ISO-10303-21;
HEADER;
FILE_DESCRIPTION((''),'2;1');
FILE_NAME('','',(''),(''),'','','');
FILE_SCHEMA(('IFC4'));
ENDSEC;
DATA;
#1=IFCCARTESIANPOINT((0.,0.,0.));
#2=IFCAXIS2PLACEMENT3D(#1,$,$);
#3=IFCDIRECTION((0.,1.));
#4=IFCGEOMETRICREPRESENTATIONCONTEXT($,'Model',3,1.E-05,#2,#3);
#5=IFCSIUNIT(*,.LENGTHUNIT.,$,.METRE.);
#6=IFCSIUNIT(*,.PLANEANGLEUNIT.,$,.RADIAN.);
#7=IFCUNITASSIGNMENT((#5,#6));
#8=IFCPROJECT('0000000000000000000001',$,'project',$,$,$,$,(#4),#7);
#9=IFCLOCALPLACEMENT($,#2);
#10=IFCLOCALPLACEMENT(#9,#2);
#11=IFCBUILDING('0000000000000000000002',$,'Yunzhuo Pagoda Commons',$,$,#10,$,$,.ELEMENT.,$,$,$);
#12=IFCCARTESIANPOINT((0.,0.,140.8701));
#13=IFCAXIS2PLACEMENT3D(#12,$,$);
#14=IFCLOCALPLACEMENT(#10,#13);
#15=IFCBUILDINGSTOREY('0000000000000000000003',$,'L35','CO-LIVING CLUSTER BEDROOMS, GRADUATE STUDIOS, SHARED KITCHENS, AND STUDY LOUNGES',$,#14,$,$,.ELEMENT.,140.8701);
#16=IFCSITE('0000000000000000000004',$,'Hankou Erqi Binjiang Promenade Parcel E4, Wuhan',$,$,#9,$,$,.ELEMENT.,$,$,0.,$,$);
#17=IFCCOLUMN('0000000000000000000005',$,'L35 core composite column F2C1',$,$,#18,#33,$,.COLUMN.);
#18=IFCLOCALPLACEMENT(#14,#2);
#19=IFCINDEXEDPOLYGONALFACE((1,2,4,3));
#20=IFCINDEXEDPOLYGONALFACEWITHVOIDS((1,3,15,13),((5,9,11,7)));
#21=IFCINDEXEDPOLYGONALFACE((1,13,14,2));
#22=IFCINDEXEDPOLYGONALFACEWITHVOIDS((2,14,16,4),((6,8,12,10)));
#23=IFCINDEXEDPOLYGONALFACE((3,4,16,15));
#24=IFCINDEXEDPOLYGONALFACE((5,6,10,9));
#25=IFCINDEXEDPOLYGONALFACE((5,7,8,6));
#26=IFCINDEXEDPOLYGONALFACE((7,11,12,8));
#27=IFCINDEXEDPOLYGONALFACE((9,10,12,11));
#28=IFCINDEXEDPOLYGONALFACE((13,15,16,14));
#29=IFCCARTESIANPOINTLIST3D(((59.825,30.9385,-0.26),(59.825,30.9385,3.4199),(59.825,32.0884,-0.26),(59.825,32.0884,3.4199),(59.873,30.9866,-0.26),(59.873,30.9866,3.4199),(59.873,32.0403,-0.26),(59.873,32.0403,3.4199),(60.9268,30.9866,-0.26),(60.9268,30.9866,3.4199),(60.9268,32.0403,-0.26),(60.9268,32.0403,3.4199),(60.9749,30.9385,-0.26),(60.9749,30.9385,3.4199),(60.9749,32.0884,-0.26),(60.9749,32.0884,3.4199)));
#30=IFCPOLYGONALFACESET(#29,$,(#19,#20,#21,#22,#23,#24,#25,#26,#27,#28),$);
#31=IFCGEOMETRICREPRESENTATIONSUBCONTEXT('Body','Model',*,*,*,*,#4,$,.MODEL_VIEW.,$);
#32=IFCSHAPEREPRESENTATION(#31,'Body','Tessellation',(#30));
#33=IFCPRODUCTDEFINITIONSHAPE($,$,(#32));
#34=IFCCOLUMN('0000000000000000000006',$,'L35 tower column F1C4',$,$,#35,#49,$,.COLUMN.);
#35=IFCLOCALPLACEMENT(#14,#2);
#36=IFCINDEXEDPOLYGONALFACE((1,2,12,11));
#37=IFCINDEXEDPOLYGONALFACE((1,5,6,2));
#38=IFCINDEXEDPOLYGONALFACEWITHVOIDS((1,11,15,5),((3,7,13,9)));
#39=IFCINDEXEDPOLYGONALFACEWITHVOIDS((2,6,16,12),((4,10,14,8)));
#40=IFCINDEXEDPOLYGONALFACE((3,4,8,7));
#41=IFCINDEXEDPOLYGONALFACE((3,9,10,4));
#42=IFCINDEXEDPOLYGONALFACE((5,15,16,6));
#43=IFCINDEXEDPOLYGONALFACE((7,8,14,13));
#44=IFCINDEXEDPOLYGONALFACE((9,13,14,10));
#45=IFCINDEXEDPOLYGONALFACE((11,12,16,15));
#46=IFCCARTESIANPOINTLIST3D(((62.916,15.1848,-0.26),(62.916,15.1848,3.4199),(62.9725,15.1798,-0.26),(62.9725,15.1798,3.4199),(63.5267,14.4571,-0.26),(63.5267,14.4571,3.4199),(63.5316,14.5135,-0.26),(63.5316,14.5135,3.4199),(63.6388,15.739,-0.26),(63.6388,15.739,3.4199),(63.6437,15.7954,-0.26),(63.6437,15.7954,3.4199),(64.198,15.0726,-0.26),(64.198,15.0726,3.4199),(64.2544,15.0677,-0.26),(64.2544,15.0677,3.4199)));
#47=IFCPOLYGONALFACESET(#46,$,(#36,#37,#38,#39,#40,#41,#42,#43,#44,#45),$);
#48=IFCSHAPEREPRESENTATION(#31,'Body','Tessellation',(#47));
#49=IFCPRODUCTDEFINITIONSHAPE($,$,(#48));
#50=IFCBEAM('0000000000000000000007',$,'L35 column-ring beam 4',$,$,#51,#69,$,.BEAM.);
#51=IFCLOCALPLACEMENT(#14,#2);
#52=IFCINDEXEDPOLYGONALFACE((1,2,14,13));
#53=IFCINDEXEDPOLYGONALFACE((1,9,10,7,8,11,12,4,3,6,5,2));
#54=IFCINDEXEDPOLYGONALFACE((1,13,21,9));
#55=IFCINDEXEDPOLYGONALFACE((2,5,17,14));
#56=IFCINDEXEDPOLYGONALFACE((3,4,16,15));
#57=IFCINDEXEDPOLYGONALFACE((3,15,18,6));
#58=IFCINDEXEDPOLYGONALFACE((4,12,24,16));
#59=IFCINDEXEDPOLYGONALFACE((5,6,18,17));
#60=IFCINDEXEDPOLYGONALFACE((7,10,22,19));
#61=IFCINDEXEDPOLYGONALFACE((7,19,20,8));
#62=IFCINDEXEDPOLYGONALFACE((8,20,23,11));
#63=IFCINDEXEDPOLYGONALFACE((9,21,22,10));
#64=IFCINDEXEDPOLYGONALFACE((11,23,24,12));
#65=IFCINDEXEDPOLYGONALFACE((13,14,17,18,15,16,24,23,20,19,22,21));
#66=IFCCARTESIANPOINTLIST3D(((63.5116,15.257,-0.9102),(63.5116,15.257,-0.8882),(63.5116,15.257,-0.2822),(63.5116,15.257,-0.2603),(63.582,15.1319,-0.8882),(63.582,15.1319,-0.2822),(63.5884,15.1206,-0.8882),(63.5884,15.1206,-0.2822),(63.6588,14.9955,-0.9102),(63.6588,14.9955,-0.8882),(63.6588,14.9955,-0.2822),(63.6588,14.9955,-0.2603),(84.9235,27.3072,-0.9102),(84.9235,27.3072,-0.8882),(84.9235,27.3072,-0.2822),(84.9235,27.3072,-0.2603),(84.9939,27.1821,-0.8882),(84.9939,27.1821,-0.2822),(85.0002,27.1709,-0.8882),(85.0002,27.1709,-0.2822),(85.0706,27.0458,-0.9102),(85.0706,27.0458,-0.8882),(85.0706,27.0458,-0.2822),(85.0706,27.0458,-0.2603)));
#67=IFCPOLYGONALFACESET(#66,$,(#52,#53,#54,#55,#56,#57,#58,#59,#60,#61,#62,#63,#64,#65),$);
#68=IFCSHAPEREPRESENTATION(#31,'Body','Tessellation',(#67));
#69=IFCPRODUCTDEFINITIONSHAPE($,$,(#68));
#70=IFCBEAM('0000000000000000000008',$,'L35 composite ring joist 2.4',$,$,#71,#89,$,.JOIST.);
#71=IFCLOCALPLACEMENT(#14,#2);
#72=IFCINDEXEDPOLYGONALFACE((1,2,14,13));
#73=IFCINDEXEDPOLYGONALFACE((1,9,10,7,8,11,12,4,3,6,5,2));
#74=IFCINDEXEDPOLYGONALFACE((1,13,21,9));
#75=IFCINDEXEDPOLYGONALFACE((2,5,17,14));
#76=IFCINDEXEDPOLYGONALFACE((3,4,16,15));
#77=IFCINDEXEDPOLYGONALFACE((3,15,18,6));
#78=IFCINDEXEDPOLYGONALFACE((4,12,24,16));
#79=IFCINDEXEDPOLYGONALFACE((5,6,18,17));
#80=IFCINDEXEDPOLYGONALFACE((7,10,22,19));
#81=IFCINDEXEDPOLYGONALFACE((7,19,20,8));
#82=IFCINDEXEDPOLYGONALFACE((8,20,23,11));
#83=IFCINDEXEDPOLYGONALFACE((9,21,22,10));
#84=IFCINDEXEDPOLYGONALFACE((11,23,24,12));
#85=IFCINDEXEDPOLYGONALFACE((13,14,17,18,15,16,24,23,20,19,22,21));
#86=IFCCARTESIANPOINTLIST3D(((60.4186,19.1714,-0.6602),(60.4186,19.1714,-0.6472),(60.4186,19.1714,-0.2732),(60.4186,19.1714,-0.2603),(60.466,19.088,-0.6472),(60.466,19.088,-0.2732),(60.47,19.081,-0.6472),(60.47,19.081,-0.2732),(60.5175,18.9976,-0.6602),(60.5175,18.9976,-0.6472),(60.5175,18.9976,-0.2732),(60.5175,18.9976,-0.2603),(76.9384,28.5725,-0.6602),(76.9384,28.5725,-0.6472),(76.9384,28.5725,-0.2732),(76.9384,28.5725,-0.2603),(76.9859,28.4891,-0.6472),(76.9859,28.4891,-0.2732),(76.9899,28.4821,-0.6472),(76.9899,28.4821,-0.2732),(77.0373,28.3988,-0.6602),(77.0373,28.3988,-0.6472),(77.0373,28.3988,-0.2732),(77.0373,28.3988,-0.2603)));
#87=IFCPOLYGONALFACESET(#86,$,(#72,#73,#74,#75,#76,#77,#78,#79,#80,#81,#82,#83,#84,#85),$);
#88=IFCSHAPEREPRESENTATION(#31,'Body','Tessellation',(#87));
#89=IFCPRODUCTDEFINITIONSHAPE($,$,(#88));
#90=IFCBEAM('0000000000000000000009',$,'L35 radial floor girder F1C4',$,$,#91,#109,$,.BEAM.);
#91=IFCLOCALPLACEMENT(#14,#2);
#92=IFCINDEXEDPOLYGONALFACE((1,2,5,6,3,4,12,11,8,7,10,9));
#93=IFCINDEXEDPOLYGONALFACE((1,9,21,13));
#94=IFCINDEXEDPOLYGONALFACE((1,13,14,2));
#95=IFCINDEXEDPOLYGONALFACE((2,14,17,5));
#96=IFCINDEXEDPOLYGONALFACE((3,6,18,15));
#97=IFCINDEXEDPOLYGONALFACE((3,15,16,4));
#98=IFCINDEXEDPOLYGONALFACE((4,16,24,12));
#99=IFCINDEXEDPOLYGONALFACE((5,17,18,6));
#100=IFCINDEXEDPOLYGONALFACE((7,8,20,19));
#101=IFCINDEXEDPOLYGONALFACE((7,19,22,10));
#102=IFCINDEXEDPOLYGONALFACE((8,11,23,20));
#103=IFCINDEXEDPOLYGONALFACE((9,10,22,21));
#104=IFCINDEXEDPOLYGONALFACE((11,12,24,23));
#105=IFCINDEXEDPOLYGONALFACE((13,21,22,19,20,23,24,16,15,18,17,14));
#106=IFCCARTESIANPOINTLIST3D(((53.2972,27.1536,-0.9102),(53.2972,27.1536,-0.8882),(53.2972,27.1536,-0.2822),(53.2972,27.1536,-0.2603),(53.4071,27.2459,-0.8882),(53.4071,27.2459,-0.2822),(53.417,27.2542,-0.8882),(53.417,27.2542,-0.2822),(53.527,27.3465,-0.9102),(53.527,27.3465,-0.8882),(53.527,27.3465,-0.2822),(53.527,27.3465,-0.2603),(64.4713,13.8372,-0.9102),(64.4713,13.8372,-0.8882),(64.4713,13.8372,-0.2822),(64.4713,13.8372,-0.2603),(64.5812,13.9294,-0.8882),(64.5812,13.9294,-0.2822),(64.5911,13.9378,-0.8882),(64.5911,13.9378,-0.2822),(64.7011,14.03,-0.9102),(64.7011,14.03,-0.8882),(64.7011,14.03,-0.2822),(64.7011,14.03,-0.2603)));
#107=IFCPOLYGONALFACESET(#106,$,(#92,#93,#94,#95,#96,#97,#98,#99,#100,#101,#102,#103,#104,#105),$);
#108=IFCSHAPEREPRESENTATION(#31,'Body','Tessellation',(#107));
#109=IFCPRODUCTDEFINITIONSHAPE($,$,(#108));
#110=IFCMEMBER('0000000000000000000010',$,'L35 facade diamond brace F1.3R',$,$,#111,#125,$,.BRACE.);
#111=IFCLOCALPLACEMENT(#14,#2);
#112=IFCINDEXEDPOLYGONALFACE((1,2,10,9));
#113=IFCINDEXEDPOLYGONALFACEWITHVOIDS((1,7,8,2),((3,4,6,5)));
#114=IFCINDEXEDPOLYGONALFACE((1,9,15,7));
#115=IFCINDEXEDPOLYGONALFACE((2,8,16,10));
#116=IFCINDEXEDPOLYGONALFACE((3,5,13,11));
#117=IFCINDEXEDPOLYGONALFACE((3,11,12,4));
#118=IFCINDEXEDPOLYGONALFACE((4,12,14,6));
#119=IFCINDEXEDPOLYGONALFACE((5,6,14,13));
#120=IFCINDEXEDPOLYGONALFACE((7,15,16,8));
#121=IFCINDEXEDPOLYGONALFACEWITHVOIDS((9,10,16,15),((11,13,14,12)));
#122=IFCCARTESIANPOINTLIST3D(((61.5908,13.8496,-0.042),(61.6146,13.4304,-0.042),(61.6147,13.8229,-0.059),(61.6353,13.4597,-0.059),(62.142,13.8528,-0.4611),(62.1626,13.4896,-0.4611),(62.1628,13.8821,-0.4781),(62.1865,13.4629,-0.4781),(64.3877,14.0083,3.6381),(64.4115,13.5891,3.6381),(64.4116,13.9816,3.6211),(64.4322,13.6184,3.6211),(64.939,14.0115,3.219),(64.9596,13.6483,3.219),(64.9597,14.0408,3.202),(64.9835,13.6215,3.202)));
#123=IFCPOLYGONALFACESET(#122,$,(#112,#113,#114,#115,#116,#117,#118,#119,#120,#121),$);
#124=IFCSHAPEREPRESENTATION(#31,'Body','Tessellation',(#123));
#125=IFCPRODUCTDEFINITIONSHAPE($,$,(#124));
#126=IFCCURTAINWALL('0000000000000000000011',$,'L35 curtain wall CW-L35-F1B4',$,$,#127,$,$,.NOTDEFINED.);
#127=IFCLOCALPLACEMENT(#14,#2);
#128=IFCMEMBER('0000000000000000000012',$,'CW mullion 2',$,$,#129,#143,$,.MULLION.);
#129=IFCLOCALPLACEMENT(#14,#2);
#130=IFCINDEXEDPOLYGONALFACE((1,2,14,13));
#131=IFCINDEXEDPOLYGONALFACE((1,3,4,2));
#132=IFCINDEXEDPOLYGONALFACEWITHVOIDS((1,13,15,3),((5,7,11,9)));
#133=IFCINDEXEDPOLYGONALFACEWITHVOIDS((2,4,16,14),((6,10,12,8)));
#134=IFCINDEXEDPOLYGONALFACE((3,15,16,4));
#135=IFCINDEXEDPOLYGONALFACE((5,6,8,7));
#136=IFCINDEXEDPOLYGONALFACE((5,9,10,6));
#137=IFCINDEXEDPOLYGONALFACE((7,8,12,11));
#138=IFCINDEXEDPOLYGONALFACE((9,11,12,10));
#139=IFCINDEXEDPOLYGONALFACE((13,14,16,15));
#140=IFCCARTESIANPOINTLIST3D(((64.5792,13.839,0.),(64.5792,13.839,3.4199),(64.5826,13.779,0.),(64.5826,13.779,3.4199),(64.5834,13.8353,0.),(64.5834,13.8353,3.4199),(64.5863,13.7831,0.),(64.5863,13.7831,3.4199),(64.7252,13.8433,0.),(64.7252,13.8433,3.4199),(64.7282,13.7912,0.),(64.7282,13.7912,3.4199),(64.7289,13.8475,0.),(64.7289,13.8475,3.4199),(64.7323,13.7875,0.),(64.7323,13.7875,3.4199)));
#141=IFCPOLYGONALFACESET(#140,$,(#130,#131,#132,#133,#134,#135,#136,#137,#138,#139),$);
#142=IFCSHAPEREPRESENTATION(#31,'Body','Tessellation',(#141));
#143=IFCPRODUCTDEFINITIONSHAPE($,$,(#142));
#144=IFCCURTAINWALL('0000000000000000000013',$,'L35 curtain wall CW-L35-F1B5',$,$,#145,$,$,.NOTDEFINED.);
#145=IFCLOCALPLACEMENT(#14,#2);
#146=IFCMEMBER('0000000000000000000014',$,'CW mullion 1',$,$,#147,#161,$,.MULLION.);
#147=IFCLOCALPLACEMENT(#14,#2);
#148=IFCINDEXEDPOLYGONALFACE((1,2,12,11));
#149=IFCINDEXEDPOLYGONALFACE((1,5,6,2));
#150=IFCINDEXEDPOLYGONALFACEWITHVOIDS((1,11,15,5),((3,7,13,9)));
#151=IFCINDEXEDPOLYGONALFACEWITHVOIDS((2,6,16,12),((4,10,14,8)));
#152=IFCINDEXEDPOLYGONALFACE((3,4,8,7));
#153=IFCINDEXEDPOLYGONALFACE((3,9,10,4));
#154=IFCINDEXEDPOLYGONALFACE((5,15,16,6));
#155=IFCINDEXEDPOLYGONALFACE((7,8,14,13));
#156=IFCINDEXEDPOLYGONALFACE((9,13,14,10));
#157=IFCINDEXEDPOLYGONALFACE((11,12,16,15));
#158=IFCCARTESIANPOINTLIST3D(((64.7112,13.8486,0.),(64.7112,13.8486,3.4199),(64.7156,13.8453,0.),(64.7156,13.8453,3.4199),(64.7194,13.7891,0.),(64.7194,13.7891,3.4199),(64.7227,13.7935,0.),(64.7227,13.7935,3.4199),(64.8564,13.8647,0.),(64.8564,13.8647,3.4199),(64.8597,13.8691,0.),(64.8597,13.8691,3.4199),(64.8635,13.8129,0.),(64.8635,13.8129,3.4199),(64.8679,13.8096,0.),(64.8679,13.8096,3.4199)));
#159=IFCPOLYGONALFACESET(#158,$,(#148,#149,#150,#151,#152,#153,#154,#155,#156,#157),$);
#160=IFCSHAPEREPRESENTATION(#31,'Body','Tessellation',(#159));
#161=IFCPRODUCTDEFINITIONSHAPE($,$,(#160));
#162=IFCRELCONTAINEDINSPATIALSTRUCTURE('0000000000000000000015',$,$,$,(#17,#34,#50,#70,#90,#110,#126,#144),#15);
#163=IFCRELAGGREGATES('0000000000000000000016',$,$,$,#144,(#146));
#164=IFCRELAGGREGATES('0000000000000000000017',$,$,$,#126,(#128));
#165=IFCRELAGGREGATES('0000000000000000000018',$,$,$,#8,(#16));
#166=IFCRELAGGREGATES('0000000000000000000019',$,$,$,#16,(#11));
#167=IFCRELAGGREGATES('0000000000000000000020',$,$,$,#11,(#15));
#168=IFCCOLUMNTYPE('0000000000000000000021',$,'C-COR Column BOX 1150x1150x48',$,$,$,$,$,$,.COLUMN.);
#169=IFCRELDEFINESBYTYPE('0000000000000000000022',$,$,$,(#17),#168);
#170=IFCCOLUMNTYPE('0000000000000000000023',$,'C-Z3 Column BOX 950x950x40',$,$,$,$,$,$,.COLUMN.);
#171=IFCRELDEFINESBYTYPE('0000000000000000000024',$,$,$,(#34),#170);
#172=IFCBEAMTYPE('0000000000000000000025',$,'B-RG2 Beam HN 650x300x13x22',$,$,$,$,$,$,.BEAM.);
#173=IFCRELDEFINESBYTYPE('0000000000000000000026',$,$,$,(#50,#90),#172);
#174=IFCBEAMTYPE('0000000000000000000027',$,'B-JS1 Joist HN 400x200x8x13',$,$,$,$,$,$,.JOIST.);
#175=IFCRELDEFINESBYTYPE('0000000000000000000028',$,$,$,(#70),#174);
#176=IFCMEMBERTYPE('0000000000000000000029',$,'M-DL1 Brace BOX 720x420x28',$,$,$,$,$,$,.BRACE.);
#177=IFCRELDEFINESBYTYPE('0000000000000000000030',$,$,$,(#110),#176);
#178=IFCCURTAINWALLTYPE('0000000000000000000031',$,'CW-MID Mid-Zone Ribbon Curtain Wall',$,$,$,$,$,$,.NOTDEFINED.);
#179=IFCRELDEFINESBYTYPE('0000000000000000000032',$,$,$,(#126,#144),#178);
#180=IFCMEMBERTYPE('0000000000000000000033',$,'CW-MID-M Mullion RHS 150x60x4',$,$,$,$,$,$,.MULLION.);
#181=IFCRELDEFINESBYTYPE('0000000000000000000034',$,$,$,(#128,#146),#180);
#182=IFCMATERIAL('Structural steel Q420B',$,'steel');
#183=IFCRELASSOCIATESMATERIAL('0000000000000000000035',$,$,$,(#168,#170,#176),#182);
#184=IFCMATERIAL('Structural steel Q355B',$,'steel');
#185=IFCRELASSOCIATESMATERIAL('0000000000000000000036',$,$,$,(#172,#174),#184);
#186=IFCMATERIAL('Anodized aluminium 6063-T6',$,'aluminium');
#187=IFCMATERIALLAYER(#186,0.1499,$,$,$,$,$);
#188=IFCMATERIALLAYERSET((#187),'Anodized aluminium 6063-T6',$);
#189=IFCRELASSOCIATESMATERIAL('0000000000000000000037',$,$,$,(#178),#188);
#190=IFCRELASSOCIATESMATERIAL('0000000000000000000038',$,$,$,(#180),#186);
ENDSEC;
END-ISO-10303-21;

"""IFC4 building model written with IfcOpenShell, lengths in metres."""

from ifc_helpers import new_model, si_unit, direction, frame, origin, origin_2d, place, context, subcontext, project, spatial, hollow_rectangle, i_section, extrude, source, transform, mapped, material, layer, layer_set, material_profile, profile_set, type_object, element, aggregate, save


model = new_model("IFC4")

# Units and contexts
model_context = context("Model", 3, precision=1e-05, world=origin(), true_north=direction((0.0, 1.0)))
body_context = subcontext(model_context, "Body", "Model", "MODEL_VIEW")
ifc_project = project(units=[si_unit("LENGTHUNIT", "METRE"), si_unit("PLANEANGLEUNIT", "RADIAN")], contexts=[model_context])

# Site, building, storey
site_placement = place(None, origin())
site = spatial("IfcSite", under=ifc_project, at=site_placement, Name="Hankou Erqi Binjiang Promenade Parcel E4, Wuhan", CompositionType="ELEMENT", RefElevation=0.0)
building_placement = place(site_placement, origin())
building = spatial("IfcBuilding", under=site, at=building_placement, Name="Yunzhuo Pagoda Commons", CompositionType="ELEMENT")
storey_placement = place(building_placement, frame((0.0, 0.0, 140.8701)))
storey = spatial("IfcBuildingStorey", under=building, at=storey_placement, Name="L35", Description="CO-LIVING CLUSTER BEDROOMS, GRADUATE STUDIOS, SHARED KITCHENS, AND STUDY LOUNGES", CompositionType="ELEMENT", Elevation=140.8701)

# Columns
ifc_material_1 = material(Name="Structural steel Q420B", Category="steel")
ifc_material_profile_1 = material_profile(ifc_material_1, hollow_rectangle(XDim=1.1499, YDim=1.1499, WallThickness=0.0481, at=origin_2d()), Name="Structural steel Q420B")
ifc_profile_set_1 = profile_set([ifc_material_profile_1], Name="Structural steel Q420B")
column_type_1 = type_object("IfcColumnType", Name="C-COR Column BOX 1150x1150x48", PredefinedType="COLUMN", material=ifc_profile_set_1)
shared_shape_1 = source(origin(), body_context, "Body", "SweptSolid", [
    extrude(hollow_rectangle(XDim=1.1499, YDim=1.1499, WallThickness=0.0481, at=origin_2d()), origin(), (0.0, 0.0, 1.0), 3.6799),
])
column_1_placement = place(storey_placement, frame((60.3999, 31.5134, -0.26), z_axis=(0.0, 0.0, 1.0), x_axis=(1.0, 0.0, 0.0)))
element("IfcColumn", 1, at=column_1_placement, inside=storey, type_object=column_type_1, Name="L35 core composite column F2C1", PredefinedType="COLUMN", context=body_context, shape_type="MappedRepresentation", body=[
    mapped(shared_shape_1, transform((0.0, 0.0, 0.0), scale=1.0)),
])
ifc_material_profile_2 = material_profile(ifc_material_1, hollow_rectangle(XDim=0.95, YDim=0.95, WallThickness=0.04, at=origin_2d()), Name="Structural steel Q420B")
ifc_profile_set_2 = profile_set([ifc_material_profile_2], Name="Structural steel Q420B")
column_type_2 = type_object("IfcColumnType", Name="C-Z3 Column BOX 950x950x40", PredefinedType="COLUMN", material=ifc_profile_set_2)
shared_shape_2 = source(origin(), body_context, "Body", "SweptSolid", [
    extrude(hollow_rectangle(XDim=0.95, YDim=0.95, WallThickness=0.04, at=origin_2d()), origin(), (0.0, 0.0, 1.0), 3.6799),
])
column_2_placement = place(storey_placement, frame((63.5852, 15.1262, -0.26), z_axis=(0.0, 0.0, 1.0), x_axis=(0.766044, 0.642788, 0.0)))
element("IfcColumn", 2, at=column_2_placement, inside=storey, type_object=column_type_2, Name="L35 tower column F1C4", PredefinedType="COLUMN", context=body_context, shape_type="MappedRepresentation", body=[
    mapped(shared_shape_2, transform((0.0, 0.0, 0.0), scale=1.0)),
])

# Beams
ifc_material_2 = material(Name="Structural steel Q355B", Category="steel")
ifc_material_profile_3 = material_profile(ifc_material_2, i_section(OverallWidth=0.3, OverallDepth=0.6499, WebThickness=0.0129, FlangeThickness=0.022, at=origin_2d()), Name="Structural steel Q355B")
ifc_profile_set_3 = profile_set([ifc_material_profile_3], Name="Structural steel Q355B")
beam_type_1 = type_object("IfcBeamType", Name="B-RG2 Beam HN 650x300x13x22", PredefinedType="BEAM", material=ifc_profile_set_3)
shared_shape_3 = source(origin(), body_context, "Body", "SweptSolid", [
    extrude(i_section(OverallWidth=0.3, OverallDepth=0.6499, WebThickness=0.0129, FlangeThickness=0.022, at=origin_2d()), origin(), (0.0, 0.0, 1.0), 24.5698),
])
beam_1_placement = place(storey_placement, frame((63.5852, 15.1262, -0.5852), z_axis=(0.871469, 0.49045, 0.0), x_axis=(-0.49045, 0.871469, 0.0)))
element("IfcBeam", 3, at=beam_1_placement, inside=storey, type_object=beam_type_1, Name="L35 column-ring beam 4", PredefinedType="BEAM", context=body_context, shape_type="MappedRepresentation", body=[
    mapped(shared_shape_3, transform((0.0, 0.0, 0.0), scale=1.0)),
])
ifc_material_profile_4 = material_profile(ifc_material_2, i_section(OverallWidth=0.2, OverallDepth=0.3999, WebThickness=0.0081, FlangeThickness=0.0129, at=origin_2d()), Name="Structural steel Q355B")
ifc_profile_set_4 = profile_set([ifc_material_profile_4], Name="Structural steel Q355B")
beam_type_2 = type_object("IfcBeamType", Name="B-JS1 Joist HN 400x200x8x13", PredefinedType="JOIST", material=ifc_profile_set_4)
shared_shape_4 = source(origin(), body_context, "Body", "SweptSolid", [
    extrude(i_section(OverallWidth=0.2, OverallDepth=0.3999, WebThickness=0.0081, FlangeThickness=0.0129, at=origin_2d()), origin(), (0.0, 0.0, 1.0), 19.0076),
])
beam_2_placement = place(storey_placement, frame((60.468, 19.0845, -0.4602), z_axis=(0.86912, 0.494601, 0.0), x_axis=(-0.494601, 0.86912, 0.0)))
element("IfcBeam", 4, at=beam_2_placement, inside=storey, type_object=beam_type_2, Name="L35 composite ring joist 2.4", PredefinedType="JOIST", context=body_context, shape_type="MappedRepresentation", body=[
    mapped(shared_shape_4, transform((0.0, 0.0, 0.0), scale=1.0)),
])
shared_shape_5 = source(origin(), body_context, "Body", "SweptSolid", [
    extrude(i_section(OverallWidth=0.3, OverallDepth=0.6499, WebThickness=0.0129, FlangeThickness=0.022, at=origin_2d()), origin(), (0.0, 0.0, 1.0), 17.3835),
])
beam_3_placement = place(storey_placement, frame((64.5862, 13.9336, -0.5852), z_axis=(-0.642797, 0.766036, 0.0), x_axis=(-0.766036, -0.642797, 0.0)))
element("IfcBeam", 5, at=beam_3_placement, inside=storey, type_object=beam_type_1, Name="L35 radial floor girder F1C4", PredefinedType="BEAM", context=body_context, shape_type="MappedRepresentation", body=[
    mapped(shared_shape_5, transform((0.0, 0.0, 0.0), scale=1.0)),
])

# Member
ifc_material_profile_5 = material_profile(ifc_material_1, hollow_rectangle(XDim=0.4199, YDim=0.72, WallThickness=0.0281, at=origin_2d()), Name="Structural steel Q420B")
ifc_profile_set_5 = profile_set([ifc_material_profile_5], Name="Structural steel Q420B")
member_type_1 = type_object("IfcMemberType", Name="M-DL1 Brace BOX 720x420x28", PredefinedType="BRACE", material=ifc_profile_set_5)
shared_shape_6 = source(origin(), body_context, "Body", "SweptSolid", [
    extrude(hollow_rectangle(XDim=0.4199, YDim=0.72, WallThickness=0.0281, at=origin_2d()), origin(), (0.0, 0.0, 1.0), 4.625),
])
member_1_placement = place(storey_placement, frame((61.8887, 13.6562, -0.26), z_axis=(0.604744, 0.034312, 0.79568), x_axis=(-0.056648, 0.998394, 0.0)))
element("IfcMember", 6, at=member_1_placement, inside=storey, type_object=member_type_1, Name="L35 facade diamond brace F1.3R", PredefinedType="BRACE", context=body_context, shape_type="MappedRepresentation", body=[
    mapped(shared_shape_6, transform((0.0, 0.0, 0.0), scale=1.0)),
])

# Curtain wall, member
ifc_material_3 = material(Name="Anodized aluminium 6063-T6", Category="aluminium")
ifc_layer_1 = layer(ifc_material_3, 0.1499)
ifc_layer_set_1 = layer_set([ifc_layer_1], Name="Anodized aluminium 6063-T6")
curtain_wall_type = type_object("IfcCurtainWallType", Name="CW-MID Mid-Zone Ribbon Curtain Wall", PredefinedType="NOTDEFINED", material=ifc_layer_set_1)
curtain_wall_1_placement = place(storey_placement, origin())
curtain_wall_1 = element("IfcCurtainWall", 7, at=curtain_wall_1_placement, inside=storey, type_object=curtain_wall_type, Name="L35 curtain wall CW-L35-F1B4", PredefinedType="NOTDEFINED")
ifc_material_profile_6 = material_profile(ifc_material_3, hollow_rectangle(XDim=0.0601, YDim=0.1499, WallThickness=0.0039, at=origin_2d()), Name="Anodized aluminium 6063-T6")
ifc_profile_set_6 = profile_set([ifc_material_profile_6], Name="Anodized aluminium 6063-T6")
member_type_2 = type_object("IfcMemberType", Name="CW-MID-M Mullion RHS 150x60x4", PredefinedType="MULLION", material=ifc_profile_set_6)
shared_shape_7 = source(origin(), body_context, "Body", "SweptSolid", [
    extrude(hollow_rectangle(XDim=0.0601, YDim=0.1499, WallThickness=0.0039, at=origin_2d()), origin(), (0.0, 0.0, 1.0), 3.4199),
])
member_2_placement = place(storey_placement, frame((64.6558, 13.8132, 0.0), z_axis=(0.0, 0.0, 1.0), x_axis=(-0.056597, 0.998397, 0.0)))
member_2 = element("IfcMember", 8, at=member_2_placement, type_object=member_type_2, Name="CW mullion 2", PredefinedType="MULLION", context=body_context, shape_type="MappedRepresentation", body=[
    mapped(shared_shape_7, transform((0.0, 0.0, 0.0), scale=1.0)),
])

# Curtain wall, member
curtain_wall_2_placement = place(storey_placement, origin())
curtain_wall_2 = element("IfcCurtainWall", 9, at=curtain_wall_2_placement, inside=storey, type_object=curtain_wall_type, Name="L35 curtain wall CW-L35-F1B5", PredefinedType="NOTDEFINED")
member_3_placement = place(storey_placement, frame((64.7896, 13.8291, 0.0), z_axis=(0.0, 0.0, 1.0), x_axis=(-0.136221, 0.990679, 0.0)))
member_3 = element("IfcMember", 10, at=member_3_placement, type_object=member_type_2, Name="CW mullion 1", PredefinedType="MULLION", context=body_context, shape_type="MappedRepresentation", body=[
    mapped(shared_shape_7, transform((0.0, 0.0, 0.0), scale=1.0)),
])
aggregate(curtain_wall_2, [member_3])

aggregate(curtain_wall_1, [member_2])

save(model, "model.ifc")
